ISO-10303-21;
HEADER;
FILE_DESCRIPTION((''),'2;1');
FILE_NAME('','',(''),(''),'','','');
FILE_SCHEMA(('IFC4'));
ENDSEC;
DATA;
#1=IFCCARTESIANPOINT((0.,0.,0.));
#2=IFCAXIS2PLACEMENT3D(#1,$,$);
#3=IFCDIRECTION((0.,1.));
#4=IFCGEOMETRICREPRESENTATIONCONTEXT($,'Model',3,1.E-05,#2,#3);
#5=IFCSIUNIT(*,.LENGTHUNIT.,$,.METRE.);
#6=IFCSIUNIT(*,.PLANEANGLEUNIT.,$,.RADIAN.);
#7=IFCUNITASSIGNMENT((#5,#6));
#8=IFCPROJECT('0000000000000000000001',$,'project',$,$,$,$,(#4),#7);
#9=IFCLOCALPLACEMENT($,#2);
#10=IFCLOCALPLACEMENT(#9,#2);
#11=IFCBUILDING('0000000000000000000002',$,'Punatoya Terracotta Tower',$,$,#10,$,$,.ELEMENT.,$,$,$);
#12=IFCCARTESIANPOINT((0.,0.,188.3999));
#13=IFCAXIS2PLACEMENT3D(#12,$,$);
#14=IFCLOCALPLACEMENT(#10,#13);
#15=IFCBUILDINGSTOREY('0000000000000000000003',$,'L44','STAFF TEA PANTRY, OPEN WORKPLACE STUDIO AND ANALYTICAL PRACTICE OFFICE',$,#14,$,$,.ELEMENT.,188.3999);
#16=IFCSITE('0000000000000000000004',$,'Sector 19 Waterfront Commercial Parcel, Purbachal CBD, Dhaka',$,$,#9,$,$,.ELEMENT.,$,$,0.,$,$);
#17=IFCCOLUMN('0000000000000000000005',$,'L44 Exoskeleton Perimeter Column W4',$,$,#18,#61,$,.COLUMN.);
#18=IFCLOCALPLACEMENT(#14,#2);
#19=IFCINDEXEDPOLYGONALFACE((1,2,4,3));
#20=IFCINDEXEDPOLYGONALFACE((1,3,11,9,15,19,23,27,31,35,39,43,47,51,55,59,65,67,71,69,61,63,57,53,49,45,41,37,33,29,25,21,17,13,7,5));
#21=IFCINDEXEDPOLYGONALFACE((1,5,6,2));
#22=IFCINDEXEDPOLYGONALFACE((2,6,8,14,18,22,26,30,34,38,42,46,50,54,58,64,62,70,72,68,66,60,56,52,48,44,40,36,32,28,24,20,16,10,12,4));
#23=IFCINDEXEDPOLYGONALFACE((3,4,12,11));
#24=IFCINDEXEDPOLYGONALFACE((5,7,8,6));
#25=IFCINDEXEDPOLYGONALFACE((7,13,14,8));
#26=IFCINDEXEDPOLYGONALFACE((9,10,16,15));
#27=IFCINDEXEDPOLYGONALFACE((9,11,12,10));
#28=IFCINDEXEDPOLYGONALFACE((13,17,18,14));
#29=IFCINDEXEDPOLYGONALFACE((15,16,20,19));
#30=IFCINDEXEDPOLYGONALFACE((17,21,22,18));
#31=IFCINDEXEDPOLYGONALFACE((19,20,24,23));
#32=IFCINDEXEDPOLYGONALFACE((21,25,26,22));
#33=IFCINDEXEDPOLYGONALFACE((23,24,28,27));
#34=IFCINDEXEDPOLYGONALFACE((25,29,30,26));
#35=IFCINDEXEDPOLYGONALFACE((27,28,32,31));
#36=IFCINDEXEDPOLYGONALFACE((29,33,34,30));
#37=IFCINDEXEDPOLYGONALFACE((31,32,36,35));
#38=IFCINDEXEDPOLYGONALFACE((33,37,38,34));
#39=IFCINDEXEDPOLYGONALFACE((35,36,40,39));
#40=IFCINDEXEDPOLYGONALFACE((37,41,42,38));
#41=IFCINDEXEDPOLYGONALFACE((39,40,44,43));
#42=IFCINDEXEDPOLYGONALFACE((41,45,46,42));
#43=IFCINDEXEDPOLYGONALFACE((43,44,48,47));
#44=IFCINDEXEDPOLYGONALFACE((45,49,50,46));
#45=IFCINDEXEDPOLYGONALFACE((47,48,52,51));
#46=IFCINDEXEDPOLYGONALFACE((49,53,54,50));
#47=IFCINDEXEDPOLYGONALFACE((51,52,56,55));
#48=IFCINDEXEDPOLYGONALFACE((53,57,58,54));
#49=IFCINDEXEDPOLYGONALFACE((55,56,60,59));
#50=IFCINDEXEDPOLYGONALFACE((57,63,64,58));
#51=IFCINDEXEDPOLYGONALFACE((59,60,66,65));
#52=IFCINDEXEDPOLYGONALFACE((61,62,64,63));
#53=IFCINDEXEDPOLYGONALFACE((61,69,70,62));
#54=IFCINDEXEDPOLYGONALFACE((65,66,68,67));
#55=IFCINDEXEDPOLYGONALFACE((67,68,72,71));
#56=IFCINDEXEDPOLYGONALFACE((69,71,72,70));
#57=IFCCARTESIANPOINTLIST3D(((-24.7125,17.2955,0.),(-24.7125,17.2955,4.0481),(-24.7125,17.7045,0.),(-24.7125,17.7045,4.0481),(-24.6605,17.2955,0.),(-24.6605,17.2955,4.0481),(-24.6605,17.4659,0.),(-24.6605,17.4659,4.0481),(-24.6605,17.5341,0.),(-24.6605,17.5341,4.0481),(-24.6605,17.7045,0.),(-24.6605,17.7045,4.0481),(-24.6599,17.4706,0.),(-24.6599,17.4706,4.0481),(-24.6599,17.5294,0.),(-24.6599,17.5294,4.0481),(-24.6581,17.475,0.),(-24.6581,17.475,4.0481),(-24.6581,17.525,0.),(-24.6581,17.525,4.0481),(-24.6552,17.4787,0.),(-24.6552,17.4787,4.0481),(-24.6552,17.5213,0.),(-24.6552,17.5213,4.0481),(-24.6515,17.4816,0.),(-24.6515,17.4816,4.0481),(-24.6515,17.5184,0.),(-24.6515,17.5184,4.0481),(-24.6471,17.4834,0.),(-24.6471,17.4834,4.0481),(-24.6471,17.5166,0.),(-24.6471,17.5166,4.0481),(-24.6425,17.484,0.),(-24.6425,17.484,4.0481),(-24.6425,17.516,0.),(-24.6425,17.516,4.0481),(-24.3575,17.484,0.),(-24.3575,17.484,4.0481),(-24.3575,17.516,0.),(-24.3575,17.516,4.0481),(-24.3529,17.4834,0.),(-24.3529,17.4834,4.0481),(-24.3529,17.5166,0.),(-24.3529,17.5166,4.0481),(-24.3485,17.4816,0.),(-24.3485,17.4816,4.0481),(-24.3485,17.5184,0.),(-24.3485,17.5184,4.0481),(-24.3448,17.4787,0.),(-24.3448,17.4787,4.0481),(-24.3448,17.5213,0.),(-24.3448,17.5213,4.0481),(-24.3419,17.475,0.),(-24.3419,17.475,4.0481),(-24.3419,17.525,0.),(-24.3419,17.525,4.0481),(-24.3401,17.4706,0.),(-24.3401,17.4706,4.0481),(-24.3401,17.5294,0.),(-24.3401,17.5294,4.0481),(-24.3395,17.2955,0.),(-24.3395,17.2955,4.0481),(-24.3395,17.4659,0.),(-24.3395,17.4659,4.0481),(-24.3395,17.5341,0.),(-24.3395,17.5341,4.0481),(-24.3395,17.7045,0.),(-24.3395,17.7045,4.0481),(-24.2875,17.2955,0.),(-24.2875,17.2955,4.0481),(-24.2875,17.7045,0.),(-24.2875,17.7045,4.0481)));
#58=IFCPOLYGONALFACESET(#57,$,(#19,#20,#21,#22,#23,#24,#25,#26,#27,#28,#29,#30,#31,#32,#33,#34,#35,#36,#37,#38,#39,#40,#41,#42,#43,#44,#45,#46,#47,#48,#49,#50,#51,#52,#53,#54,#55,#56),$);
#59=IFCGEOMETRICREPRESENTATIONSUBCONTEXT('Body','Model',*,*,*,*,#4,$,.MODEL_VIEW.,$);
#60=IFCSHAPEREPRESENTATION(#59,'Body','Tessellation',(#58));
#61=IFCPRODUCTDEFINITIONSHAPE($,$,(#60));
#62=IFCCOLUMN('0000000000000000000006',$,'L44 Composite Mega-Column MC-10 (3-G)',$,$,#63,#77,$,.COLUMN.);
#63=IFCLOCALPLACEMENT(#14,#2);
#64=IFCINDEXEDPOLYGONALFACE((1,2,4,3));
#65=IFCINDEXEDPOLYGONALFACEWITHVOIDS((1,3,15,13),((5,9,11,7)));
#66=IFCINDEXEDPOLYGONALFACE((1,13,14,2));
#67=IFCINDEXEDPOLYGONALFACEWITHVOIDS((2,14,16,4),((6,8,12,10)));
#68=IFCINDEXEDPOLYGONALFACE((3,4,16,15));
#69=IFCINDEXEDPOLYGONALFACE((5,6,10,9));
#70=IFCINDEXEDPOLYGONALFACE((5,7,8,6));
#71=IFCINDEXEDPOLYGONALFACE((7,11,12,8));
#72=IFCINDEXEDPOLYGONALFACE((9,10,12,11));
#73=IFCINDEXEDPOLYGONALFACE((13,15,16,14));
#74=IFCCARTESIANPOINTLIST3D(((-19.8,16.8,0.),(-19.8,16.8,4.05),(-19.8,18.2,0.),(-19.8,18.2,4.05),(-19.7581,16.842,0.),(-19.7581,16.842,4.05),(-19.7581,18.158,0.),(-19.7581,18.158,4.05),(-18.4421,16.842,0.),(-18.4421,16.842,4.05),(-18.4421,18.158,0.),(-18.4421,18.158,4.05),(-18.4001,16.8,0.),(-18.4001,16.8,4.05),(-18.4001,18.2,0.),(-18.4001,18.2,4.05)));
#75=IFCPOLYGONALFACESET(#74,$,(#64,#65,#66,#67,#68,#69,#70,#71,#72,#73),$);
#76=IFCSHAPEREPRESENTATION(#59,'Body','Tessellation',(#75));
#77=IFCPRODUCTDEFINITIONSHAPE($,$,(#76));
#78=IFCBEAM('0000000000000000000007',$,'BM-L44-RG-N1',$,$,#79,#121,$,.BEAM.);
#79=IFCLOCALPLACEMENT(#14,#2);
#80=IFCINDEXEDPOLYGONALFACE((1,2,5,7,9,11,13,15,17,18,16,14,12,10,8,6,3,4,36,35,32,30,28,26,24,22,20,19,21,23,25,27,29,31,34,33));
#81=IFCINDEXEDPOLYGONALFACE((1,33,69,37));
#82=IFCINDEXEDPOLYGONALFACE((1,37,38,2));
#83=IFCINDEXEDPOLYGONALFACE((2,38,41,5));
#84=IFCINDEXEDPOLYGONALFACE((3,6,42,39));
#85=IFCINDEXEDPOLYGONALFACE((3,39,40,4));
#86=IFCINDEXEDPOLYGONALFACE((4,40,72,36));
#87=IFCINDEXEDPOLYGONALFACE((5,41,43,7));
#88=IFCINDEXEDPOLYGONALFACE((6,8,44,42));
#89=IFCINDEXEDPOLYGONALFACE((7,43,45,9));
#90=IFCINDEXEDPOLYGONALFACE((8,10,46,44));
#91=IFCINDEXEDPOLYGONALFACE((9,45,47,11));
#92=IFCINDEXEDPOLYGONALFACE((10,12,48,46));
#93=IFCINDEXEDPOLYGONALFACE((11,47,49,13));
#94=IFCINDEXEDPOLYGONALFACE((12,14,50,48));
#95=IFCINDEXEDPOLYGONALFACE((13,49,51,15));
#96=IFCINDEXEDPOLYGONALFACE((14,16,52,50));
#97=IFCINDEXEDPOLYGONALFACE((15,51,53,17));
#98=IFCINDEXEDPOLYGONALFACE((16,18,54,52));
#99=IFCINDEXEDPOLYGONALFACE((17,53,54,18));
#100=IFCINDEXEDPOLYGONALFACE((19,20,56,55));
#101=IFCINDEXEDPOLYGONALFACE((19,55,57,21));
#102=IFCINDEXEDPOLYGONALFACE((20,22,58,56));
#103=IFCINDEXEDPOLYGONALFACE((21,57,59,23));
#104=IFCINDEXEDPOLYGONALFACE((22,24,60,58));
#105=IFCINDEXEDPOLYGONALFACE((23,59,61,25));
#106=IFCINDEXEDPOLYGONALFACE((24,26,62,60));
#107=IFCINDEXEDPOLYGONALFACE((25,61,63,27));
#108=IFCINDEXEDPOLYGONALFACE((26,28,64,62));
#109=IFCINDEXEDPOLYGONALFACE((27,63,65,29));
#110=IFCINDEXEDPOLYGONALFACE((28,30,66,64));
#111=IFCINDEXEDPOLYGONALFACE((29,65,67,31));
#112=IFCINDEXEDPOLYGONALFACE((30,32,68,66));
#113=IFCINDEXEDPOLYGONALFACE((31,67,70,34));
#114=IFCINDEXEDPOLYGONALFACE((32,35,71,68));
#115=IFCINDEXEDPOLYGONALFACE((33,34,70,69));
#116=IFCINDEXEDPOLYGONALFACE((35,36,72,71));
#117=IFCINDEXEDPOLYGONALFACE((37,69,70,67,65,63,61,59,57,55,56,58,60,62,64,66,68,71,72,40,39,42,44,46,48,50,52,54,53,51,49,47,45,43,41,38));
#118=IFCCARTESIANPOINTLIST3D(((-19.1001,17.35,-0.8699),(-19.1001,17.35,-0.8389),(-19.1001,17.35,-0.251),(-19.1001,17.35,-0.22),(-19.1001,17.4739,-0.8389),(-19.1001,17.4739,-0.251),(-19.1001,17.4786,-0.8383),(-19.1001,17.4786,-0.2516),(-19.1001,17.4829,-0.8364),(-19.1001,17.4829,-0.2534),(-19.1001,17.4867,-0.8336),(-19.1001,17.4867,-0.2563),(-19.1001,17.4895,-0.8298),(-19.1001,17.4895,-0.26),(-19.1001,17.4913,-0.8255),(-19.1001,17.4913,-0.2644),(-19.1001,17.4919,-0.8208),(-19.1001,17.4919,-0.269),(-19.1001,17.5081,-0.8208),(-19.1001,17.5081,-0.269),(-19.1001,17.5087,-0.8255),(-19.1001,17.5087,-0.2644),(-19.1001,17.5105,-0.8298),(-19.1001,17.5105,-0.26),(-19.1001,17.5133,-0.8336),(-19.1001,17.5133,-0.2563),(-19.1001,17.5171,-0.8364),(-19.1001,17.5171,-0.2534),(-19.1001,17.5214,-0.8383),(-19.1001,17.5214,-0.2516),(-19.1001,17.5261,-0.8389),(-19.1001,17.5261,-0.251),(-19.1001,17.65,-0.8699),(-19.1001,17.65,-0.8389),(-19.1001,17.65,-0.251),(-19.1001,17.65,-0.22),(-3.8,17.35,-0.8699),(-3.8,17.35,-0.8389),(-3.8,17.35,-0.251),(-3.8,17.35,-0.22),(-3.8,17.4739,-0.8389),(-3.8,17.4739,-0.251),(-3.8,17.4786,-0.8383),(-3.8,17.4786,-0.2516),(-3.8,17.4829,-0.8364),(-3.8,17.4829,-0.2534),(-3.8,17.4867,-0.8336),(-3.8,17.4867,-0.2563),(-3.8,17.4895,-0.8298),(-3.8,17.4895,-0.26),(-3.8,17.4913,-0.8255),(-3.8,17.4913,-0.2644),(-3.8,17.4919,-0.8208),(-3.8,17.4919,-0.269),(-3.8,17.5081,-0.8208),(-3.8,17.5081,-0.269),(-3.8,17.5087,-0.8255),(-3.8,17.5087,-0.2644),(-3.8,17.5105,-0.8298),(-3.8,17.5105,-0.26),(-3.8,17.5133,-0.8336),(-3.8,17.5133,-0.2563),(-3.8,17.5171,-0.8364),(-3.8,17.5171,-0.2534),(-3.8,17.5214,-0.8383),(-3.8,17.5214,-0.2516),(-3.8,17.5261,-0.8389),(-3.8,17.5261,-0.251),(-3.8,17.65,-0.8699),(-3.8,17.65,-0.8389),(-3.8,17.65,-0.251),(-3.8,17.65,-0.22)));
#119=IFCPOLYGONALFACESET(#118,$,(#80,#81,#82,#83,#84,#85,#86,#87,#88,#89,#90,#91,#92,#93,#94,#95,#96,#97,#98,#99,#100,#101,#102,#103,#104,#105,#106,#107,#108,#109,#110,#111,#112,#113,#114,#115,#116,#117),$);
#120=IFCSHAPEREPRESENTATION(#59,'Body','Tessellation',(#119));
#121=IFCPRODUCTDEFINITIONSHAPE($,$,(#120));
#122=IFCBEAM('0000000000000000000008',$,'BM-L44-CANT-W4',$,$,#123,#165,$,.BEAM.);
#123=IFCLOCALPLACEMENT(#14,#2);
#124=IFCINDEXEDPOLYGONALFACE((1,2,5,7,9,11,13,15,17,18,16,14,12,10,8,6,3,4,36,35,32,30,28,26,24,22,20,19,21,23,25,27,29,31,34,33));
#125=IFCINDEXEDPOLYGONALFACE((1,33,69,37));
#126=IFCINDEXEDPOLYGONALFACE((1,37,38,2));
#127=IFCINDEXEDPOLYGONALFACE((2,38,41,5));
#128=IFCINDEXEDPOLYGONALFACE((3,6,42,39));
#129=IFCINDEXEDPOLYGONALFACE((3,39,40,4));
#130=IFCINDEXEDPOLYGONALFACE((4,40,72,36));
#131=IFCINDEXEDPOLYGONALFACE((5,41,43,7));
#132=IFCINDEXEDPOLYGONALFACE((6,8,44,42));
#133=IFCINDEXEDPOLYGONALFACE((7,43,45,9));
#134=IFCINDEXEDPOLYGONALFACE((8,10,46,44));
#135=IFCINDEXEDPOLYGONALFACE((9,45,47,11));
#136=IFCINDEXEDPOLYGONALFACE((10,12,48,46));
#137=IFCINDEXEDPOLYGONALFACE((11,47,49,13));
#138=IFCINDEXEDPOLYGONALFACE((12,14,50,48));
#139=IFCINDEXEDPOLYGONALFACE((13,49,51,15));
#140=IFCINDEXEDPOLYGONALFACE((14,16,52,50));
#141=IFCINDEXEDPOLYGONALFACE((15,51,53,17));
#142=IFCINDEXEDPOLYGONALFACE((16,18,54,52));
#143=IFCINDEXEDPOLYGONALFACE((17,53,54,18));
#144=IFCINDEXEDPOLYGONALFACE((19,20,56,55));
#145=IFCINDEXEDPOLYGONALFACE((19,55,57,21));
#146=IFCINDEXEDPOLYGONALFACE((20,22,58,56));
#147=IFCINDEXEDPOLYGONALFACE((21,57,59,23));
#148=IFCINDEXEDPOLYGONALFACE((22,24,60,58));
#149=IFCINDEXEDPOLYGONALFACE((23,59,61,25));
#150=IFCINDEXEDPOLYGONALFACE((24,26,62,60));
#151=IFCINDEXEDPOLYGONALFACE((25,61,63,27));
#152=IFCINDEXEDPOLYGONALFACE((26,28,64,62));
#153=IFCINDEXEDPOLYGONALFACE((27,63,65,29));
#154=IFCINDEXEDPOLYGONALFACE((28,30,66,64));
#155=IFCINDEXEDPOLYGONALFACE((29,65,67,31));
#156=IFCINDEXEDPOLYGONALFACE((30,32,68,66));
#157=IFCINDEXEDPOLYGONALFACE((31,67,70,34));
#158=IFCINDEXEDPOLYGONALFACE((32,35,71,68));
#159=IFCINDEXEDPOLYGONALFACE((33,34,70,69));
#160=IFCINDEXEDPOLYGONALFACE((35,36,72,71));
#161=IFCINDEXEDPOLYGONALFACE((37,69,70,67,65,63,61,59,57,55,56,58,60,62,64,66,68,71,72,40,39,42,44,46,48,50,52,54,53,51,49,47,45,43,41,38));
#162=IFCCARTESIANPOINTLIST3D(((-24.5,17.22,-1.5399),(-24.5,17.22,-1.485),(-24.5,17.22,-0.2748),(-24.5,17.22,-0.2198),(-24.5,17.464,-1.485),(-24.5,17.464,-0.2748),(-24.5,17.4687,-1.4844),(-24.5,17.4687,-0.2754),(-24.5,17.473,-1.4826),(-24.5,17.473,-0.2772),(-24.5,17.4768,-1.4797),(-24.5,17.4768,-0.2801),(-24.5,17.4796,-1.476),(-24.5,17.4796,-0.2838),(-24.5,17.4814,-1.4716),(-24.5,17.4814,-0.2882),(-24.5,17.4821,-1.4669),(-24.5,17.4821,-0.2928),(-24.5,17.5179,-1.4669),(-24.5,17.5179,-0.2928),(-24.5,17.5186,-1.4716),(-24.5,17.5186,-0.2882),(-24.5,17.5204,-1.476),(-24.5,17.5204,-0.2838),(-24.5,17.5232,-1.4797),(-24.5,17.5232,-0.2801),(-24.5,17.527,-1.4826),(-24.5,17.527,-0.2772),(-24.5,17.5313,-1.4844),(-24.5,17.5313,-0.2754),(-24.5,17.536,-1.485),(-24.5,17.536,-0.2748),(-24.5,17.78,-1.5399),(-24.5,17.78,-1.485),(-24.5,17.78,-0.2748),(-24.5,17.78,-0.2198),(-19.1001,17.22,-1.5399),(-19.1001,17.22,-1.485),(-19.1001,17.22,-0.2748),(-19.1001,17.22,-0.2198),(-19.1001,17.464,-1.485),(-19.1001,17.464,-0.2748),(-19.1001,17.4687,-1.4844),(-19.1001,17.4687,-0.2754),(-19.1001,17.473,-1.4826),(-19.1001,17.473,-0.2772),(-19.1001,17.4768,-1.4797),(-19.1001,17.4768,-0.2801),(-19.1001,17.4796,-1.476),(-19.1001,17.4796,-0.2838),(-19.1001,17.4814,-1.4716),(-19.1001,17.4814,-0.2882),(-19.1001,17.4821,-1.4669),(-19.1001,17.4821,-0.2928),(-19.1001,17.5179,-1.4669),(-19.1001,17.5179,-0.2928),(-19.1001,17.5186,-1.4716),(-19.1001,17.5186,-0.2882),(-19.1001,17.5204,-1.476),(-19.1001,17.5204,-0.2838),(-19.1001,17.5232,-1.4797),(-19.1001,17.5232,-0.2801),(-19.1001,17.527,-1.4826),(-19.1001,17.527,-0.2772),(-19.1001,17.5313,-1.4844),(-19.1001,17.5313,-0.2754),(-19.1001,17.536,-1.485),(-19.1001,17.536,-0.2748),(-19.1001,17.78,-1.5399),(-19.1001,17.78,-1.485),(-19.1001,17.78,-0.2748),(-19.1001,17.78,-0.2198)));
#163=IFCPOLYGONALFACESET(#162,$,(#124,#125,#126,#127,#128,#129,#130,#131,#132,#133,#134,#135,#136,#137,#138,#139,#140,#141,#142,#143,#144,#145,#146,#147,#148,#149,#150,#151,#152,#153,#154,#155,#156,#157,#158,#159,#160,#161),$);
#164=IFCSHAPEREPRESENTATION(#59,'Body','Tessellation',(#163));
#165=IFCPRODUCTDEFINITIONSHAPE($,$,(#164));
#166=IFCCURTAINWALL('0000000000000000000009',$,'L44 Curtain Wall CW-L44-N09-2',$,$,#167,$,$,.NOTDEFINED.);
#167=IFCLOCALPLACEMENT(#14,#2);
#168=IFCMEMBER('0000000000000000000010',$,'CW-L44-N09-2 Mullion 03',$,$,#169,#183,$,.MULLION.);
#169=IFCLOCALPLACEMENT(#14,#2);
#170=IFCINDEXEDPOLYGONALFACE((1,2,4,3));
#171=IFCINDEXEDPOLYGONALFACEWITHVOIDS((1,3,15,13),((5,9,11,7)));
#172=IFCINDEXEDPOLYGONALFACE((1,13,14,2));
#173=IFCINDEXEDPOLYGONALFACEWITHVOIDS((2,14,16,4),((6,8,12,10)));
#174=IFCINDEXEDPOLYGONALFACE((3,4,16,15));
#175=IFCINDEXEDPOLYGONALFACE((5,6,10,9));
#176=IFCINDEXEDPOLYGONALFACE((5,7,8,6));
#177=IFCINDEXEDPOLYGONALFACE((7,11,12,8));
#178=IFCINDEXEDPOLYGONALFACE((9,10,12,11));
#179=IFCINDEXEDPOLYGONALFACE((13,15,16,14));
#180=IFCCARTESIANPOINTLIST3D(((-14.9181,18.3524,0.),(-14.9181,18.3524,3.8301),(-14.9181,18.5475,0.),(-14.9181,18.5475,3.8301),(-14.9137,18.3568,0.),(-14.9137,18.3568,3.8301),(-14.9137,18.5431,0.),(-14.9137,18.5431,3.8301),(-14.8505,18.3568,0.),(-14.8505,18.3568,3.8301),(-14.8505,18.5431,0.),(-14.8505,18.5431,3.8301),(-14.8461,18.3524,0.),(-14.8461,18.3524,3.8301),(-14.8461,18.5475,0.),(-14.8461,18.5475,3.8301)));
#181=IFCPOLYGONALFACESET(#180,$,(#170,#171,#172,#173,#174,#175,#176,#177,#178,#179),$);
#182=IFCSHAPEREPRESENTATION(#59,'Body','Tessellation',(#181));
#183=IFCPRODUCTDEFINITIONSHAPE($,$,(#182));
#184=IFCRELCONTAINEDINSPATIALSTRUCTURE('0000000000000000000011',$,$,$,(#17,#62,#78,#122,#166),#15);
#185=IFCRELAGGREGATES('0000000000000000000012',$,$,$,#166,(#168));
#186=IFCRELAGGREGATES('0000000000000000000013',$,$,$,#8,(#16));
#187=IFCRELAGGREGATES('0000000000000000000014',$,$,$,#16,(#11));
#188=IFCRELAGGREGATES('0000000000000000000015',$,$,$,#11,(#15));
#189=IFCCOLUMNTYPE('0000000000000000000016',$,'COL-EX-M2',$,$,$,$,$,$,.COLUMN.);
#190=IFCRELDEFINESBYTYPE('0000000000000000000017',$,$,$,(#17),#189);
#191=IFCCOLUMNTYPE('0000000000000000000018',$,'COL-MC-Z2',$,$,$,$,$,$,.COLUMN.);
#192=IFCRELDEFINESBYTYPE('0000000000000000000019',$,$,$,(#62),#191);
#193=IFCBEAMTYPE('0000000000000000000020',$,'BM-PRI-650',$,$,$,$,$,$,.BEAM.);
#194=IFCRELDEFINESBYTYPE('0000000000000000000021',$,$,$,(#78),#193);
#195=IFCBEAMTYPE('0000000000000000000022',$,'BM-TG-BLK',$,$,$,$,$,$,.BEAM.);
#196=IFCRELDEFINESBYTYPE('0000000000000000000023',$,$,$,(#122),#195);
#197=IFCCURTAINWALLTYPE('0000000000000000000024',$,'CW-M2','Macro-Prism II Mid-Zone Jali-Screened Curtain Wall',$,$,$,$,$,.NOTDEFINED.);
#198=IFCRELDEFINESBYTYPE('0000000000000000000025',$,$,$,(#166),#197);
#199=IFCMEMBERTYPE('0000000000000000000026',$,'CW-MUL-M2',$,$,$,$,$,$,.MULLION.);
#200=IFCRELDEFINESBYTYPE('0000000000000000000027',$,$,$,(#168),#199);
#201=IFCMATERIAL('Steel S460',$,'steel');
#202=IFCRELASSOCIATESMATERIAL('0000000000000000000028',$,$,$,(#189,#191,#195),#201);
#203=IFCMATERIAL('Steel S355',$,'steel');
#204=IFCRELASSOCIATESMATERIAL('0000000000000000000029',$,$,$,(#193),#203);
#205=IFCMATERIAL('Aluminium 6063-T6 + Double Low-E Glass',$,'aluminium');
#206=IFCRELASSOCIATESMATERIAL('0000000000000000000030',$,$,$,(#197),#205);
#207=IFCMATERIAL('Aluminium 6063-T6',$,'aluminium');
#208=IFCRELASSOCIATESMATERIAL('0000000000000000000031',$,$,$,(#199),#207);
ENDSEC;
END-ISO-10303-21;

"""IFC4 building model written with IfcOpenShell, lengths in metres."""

from ifc_helpers import new_model, si_unit, direction, frame, origin, origin_2d, place, context, subcontext, project, spatial, hollow_rectangle, i_section, extrude, material, material_profile, profile_set, type_object, element, aggregate, save


model = new_model("IFC4")

# Units and contexts
model_context = context("Model", 3, precision=1e-05, world=origin(), true_north=direction((0.0, 1.0)))
body_context = subcontext(model_context, "Body", "Model", "MODEL_VIEW")
ifc_project = project(units=[si_unit("LENGTHUNIT", "METRE"), si_unit("PLANEANGLEUNIT", "RADIAN")], contexts=[model_context])

# Site, building, storey
site_placement = place(None, origin())
site = spatial("IfcSite", under=ifc_project, at=site_placement, Name="Sector 19 Waterfront Commercial Parcel, Purbachal CBD, Dhaka", CompositionType="ELEMENT", RefElevation=0.0)
building_placement = place(site_placement, origin())
building = spatial("IfcBuilding", under=site, at=building_placement, Name="Punatoya Terracotta Tower", CompositionType="ELEMENT")
storey_placement = place(building_placement, frame((0.0, 0.0, 188.3999)))
storey = spatial("IfcBuildingStorey", under=building, at=storey_placement, Name="L44", Description="STAFF TEA PANTRY, OPEN WORKPLACE STUDIO AND ANALYTICAL PRACTICE OFFICE", CompositionType="ELEMENT", Elevation=188.3999)

# Columns
ifc_material_1 = material(Name="Steel S460", Category="steel")
ifc_material_profile_1 = material_profile(ifc_material_1, i_section(OverallWidth=0.4089, OverallDepth=0.425, WebThickness=0.032, FlangeThickness=0.052, FilletRadius=0.0181, at=origin_2d()))
ifc_profile_set_1 = profile_set([ifc_material_profile_1], Name="Steel S460")
column_type_1 = type_object("IfcColumnType", Name="COL-EX-M2", PredefinedType="COLUMN", material=ifc_profile_set_1)
column_1_placement = place(storey_placement, frame((-24.5, 17.5, 0.0), z_axis=(0.0, 0.0, 1.0), x_axis=(0.0, 1.0, 0.0)))
element("IfcColumn", 1, at=column_1_placement, inside=storey, type_object=column_type_1, Name="L44 Exoskeleton Perimeter Column W4", PredefinedType="COLUMN", context=body_context, shape_type="SweptSolid", body=[
    extrude(i_section(OverallWidth=0.4089, OverallDepth=0.425, WebThickness=0.032, FlangeThickness=0.052, FilletRadius=0.0181, at=origin_2d()), origin(), (0.0, 0.0, 1.0), 4.0481),
])
ifc_material_profile_2 = material_profile(ifc_material_1, hollow_rectangle(XDim=1.3999, YDim=1.3999, WallThickness=0.042, at=origin_2d()))
ifc_profile_set_2 = profile_set([ifc_material_profile_2], Name="Steel S460")
column_type_2 = type_object("IfcColumnType", Name="COL-MC-Z2", PredefinedType="COLUMN", material=ifc_profile_set_2)
column_2_placement = place(storey_placement, frame((-19.1001, 17.5, 0.0), z_axis=(0.0, 0.0, 1.0), x_axis=(1.0, 0.0, 0.0)))
element("IfcColumn", 2, at=column_2_placement, inside=storey, type_object=column_type_2, Name="L44 Composite Mega-Column MC-10 (3-G)", PredefinedType="COLUMN", context=body_context, shape_type="SweptSolid", body=[
    extrude(hollow_rectangle(XDim=1.3999, YDim=1.3999, WallThickness=0.042, at=origin_2d()), origin(), (0.0, 0.0, 1.0), 4.05),
])

# Beams
ifc_material_2 = material(Name="Steel S355", Category="steel")
ifc_material_profile_3 = material_profile(ifc_material_2, i_section(OverallWidth=0.3, OverallDepth=0.6499, WebThickness=0.0161, FlangeThickness=0.031, FilletRadius=0.0181, at=origin_2d()))
ifc_profile_set_3 = profile_set([ifc_material_profile_3], Name="Steel S355")
beam_type_1 = type_object("IfcBeamType", Name="BM-PRI-650", PredefinedType="BEAM", material=ifc_profile_set_3)
beam_1_placement = place(storey_placement, frame((-19.1001, 17.5, -0.5449), z_axis=(1.0, 0.0, 0.0), x_axis=(0.0, 1.0, 0.0)))
element("IfcBeam", 3, at=beam_1_placement, inside=storey, type_object=beam_type_1, Name="BM-L44-RG-N1", PredefinedType="BEAM", context=body_context, shape_type="SweptSolid", body=[
    extrude(i_section(OverallWidth=0.3, OverallDepth=0.6499, WebThickness=0.0161, FlangeThickness=0.031, FilletRadius=0.0181, at=origin_2d()), origin(), (0.0, 0.0, 1.0), 15.3),
])
ifc_material_profile_4 = material_profile(ifc_material_1, i_section(OverallWidth=0.5601, OverallDepth=1.3201, WebThickness=0.0359, FlangeThickness=0.0549, FilletRadius=0.0181, at=origin_2d()))
ifc_profile_set_4 = profile_set([ifc_material_profile_4], Name="Steel S460")
beam_type_2 = type_object("IfcBeamType", Name="BM-TG-BLK", PredefinedType="BEAM", material=ifc_profile_set_4)
beam_2_placement = place(storey_placement, frame((-24.5, 17.5, -0.8799), z_axis=(1.0, 0.0, 0.0), x_axis=(0.0, 1.0, 0.0)))
element("IfcBeam", 4, at=beam_2_placement, inside=storey, type_object=beam_type_2, Name="BM-L44-CANT-W4", PredefinedType="BEAM", context=body_context, shape_type="SweptSolid", body=[
    extrude(i_section(OverallWidth=0.5601, OverallDepth=1.3201, WebThickness=0.0359, FlangeThickness=0.0549, FilletRadius=0.0181, at=origin_2d()), origin(), (0.0, 0.0, 1.0), 5.3999),
])

# Curtain wall, member
ifc_material_3 = material(Name="Aluminium 6063-T6 + Double Low-E Glass", Category="aluminium")
curtain_wall_type = type_object("IfcCurtainWallType", Name="CW-M2", Description="Macro-Prism II Mid-Zone Jali-Screened Curtain Wall", PredefinedType="NOTDEFINED", material=ifc_material_3)
curtain_wall_1_placement = place(storey_placement, origin())
curtain_wall_1 = element("IfcCurtainWall", 5, at=curtain_wall_1_placement, inside=storey, type_object=curtain_wall_type, Name="L44 Curtain Wall CW-L44-N09-2", PredefinedType="NOTDEFINED")
ifc_material_4 = material(Name="Aluminium 6063-T6", Category="aluminium")
ifc_material_profile_5 = material_profile(ifc_material_4, hollow_rectangle(XDim=0.072, YDim=0.1951, WallThickness=0.0044, at=origin_2d()))
ifc_profile_set_5 = profile_set([ifc_material_profile_5], Name="Aluminium 6063-T6")
member_type_1 = type_object("IfcMemberType", Name="CW-MUL-M2", PredefinedType="MULLION", material=ifc_profile_set_5)
member_1_placement = place(storey_placement, frame((-14.8821, 18.45, 0.0), z_axis=(0.0, 0.0, 1.0), x_axis=(1.0, 0.0, 0.0)))
member_1 = element("IfcMember", 6, at=member_1_placement, type_object=member_type_1, Name="CW-L44-N09-2 Mullion 03", PredefinedType="MULLION", context=body_context, shape_type="SweptSolid", body=[
    extrude(hollow_rectangle(XDim=0.072, YDim=0.1951, WallThickness=0.0044, at=origin_2d()), origin(), (0.0, 0.0, 1.0), 3.8301),
])

aggregate(curtain_wall_1, [member_1])

save(model, "model.ifc")
